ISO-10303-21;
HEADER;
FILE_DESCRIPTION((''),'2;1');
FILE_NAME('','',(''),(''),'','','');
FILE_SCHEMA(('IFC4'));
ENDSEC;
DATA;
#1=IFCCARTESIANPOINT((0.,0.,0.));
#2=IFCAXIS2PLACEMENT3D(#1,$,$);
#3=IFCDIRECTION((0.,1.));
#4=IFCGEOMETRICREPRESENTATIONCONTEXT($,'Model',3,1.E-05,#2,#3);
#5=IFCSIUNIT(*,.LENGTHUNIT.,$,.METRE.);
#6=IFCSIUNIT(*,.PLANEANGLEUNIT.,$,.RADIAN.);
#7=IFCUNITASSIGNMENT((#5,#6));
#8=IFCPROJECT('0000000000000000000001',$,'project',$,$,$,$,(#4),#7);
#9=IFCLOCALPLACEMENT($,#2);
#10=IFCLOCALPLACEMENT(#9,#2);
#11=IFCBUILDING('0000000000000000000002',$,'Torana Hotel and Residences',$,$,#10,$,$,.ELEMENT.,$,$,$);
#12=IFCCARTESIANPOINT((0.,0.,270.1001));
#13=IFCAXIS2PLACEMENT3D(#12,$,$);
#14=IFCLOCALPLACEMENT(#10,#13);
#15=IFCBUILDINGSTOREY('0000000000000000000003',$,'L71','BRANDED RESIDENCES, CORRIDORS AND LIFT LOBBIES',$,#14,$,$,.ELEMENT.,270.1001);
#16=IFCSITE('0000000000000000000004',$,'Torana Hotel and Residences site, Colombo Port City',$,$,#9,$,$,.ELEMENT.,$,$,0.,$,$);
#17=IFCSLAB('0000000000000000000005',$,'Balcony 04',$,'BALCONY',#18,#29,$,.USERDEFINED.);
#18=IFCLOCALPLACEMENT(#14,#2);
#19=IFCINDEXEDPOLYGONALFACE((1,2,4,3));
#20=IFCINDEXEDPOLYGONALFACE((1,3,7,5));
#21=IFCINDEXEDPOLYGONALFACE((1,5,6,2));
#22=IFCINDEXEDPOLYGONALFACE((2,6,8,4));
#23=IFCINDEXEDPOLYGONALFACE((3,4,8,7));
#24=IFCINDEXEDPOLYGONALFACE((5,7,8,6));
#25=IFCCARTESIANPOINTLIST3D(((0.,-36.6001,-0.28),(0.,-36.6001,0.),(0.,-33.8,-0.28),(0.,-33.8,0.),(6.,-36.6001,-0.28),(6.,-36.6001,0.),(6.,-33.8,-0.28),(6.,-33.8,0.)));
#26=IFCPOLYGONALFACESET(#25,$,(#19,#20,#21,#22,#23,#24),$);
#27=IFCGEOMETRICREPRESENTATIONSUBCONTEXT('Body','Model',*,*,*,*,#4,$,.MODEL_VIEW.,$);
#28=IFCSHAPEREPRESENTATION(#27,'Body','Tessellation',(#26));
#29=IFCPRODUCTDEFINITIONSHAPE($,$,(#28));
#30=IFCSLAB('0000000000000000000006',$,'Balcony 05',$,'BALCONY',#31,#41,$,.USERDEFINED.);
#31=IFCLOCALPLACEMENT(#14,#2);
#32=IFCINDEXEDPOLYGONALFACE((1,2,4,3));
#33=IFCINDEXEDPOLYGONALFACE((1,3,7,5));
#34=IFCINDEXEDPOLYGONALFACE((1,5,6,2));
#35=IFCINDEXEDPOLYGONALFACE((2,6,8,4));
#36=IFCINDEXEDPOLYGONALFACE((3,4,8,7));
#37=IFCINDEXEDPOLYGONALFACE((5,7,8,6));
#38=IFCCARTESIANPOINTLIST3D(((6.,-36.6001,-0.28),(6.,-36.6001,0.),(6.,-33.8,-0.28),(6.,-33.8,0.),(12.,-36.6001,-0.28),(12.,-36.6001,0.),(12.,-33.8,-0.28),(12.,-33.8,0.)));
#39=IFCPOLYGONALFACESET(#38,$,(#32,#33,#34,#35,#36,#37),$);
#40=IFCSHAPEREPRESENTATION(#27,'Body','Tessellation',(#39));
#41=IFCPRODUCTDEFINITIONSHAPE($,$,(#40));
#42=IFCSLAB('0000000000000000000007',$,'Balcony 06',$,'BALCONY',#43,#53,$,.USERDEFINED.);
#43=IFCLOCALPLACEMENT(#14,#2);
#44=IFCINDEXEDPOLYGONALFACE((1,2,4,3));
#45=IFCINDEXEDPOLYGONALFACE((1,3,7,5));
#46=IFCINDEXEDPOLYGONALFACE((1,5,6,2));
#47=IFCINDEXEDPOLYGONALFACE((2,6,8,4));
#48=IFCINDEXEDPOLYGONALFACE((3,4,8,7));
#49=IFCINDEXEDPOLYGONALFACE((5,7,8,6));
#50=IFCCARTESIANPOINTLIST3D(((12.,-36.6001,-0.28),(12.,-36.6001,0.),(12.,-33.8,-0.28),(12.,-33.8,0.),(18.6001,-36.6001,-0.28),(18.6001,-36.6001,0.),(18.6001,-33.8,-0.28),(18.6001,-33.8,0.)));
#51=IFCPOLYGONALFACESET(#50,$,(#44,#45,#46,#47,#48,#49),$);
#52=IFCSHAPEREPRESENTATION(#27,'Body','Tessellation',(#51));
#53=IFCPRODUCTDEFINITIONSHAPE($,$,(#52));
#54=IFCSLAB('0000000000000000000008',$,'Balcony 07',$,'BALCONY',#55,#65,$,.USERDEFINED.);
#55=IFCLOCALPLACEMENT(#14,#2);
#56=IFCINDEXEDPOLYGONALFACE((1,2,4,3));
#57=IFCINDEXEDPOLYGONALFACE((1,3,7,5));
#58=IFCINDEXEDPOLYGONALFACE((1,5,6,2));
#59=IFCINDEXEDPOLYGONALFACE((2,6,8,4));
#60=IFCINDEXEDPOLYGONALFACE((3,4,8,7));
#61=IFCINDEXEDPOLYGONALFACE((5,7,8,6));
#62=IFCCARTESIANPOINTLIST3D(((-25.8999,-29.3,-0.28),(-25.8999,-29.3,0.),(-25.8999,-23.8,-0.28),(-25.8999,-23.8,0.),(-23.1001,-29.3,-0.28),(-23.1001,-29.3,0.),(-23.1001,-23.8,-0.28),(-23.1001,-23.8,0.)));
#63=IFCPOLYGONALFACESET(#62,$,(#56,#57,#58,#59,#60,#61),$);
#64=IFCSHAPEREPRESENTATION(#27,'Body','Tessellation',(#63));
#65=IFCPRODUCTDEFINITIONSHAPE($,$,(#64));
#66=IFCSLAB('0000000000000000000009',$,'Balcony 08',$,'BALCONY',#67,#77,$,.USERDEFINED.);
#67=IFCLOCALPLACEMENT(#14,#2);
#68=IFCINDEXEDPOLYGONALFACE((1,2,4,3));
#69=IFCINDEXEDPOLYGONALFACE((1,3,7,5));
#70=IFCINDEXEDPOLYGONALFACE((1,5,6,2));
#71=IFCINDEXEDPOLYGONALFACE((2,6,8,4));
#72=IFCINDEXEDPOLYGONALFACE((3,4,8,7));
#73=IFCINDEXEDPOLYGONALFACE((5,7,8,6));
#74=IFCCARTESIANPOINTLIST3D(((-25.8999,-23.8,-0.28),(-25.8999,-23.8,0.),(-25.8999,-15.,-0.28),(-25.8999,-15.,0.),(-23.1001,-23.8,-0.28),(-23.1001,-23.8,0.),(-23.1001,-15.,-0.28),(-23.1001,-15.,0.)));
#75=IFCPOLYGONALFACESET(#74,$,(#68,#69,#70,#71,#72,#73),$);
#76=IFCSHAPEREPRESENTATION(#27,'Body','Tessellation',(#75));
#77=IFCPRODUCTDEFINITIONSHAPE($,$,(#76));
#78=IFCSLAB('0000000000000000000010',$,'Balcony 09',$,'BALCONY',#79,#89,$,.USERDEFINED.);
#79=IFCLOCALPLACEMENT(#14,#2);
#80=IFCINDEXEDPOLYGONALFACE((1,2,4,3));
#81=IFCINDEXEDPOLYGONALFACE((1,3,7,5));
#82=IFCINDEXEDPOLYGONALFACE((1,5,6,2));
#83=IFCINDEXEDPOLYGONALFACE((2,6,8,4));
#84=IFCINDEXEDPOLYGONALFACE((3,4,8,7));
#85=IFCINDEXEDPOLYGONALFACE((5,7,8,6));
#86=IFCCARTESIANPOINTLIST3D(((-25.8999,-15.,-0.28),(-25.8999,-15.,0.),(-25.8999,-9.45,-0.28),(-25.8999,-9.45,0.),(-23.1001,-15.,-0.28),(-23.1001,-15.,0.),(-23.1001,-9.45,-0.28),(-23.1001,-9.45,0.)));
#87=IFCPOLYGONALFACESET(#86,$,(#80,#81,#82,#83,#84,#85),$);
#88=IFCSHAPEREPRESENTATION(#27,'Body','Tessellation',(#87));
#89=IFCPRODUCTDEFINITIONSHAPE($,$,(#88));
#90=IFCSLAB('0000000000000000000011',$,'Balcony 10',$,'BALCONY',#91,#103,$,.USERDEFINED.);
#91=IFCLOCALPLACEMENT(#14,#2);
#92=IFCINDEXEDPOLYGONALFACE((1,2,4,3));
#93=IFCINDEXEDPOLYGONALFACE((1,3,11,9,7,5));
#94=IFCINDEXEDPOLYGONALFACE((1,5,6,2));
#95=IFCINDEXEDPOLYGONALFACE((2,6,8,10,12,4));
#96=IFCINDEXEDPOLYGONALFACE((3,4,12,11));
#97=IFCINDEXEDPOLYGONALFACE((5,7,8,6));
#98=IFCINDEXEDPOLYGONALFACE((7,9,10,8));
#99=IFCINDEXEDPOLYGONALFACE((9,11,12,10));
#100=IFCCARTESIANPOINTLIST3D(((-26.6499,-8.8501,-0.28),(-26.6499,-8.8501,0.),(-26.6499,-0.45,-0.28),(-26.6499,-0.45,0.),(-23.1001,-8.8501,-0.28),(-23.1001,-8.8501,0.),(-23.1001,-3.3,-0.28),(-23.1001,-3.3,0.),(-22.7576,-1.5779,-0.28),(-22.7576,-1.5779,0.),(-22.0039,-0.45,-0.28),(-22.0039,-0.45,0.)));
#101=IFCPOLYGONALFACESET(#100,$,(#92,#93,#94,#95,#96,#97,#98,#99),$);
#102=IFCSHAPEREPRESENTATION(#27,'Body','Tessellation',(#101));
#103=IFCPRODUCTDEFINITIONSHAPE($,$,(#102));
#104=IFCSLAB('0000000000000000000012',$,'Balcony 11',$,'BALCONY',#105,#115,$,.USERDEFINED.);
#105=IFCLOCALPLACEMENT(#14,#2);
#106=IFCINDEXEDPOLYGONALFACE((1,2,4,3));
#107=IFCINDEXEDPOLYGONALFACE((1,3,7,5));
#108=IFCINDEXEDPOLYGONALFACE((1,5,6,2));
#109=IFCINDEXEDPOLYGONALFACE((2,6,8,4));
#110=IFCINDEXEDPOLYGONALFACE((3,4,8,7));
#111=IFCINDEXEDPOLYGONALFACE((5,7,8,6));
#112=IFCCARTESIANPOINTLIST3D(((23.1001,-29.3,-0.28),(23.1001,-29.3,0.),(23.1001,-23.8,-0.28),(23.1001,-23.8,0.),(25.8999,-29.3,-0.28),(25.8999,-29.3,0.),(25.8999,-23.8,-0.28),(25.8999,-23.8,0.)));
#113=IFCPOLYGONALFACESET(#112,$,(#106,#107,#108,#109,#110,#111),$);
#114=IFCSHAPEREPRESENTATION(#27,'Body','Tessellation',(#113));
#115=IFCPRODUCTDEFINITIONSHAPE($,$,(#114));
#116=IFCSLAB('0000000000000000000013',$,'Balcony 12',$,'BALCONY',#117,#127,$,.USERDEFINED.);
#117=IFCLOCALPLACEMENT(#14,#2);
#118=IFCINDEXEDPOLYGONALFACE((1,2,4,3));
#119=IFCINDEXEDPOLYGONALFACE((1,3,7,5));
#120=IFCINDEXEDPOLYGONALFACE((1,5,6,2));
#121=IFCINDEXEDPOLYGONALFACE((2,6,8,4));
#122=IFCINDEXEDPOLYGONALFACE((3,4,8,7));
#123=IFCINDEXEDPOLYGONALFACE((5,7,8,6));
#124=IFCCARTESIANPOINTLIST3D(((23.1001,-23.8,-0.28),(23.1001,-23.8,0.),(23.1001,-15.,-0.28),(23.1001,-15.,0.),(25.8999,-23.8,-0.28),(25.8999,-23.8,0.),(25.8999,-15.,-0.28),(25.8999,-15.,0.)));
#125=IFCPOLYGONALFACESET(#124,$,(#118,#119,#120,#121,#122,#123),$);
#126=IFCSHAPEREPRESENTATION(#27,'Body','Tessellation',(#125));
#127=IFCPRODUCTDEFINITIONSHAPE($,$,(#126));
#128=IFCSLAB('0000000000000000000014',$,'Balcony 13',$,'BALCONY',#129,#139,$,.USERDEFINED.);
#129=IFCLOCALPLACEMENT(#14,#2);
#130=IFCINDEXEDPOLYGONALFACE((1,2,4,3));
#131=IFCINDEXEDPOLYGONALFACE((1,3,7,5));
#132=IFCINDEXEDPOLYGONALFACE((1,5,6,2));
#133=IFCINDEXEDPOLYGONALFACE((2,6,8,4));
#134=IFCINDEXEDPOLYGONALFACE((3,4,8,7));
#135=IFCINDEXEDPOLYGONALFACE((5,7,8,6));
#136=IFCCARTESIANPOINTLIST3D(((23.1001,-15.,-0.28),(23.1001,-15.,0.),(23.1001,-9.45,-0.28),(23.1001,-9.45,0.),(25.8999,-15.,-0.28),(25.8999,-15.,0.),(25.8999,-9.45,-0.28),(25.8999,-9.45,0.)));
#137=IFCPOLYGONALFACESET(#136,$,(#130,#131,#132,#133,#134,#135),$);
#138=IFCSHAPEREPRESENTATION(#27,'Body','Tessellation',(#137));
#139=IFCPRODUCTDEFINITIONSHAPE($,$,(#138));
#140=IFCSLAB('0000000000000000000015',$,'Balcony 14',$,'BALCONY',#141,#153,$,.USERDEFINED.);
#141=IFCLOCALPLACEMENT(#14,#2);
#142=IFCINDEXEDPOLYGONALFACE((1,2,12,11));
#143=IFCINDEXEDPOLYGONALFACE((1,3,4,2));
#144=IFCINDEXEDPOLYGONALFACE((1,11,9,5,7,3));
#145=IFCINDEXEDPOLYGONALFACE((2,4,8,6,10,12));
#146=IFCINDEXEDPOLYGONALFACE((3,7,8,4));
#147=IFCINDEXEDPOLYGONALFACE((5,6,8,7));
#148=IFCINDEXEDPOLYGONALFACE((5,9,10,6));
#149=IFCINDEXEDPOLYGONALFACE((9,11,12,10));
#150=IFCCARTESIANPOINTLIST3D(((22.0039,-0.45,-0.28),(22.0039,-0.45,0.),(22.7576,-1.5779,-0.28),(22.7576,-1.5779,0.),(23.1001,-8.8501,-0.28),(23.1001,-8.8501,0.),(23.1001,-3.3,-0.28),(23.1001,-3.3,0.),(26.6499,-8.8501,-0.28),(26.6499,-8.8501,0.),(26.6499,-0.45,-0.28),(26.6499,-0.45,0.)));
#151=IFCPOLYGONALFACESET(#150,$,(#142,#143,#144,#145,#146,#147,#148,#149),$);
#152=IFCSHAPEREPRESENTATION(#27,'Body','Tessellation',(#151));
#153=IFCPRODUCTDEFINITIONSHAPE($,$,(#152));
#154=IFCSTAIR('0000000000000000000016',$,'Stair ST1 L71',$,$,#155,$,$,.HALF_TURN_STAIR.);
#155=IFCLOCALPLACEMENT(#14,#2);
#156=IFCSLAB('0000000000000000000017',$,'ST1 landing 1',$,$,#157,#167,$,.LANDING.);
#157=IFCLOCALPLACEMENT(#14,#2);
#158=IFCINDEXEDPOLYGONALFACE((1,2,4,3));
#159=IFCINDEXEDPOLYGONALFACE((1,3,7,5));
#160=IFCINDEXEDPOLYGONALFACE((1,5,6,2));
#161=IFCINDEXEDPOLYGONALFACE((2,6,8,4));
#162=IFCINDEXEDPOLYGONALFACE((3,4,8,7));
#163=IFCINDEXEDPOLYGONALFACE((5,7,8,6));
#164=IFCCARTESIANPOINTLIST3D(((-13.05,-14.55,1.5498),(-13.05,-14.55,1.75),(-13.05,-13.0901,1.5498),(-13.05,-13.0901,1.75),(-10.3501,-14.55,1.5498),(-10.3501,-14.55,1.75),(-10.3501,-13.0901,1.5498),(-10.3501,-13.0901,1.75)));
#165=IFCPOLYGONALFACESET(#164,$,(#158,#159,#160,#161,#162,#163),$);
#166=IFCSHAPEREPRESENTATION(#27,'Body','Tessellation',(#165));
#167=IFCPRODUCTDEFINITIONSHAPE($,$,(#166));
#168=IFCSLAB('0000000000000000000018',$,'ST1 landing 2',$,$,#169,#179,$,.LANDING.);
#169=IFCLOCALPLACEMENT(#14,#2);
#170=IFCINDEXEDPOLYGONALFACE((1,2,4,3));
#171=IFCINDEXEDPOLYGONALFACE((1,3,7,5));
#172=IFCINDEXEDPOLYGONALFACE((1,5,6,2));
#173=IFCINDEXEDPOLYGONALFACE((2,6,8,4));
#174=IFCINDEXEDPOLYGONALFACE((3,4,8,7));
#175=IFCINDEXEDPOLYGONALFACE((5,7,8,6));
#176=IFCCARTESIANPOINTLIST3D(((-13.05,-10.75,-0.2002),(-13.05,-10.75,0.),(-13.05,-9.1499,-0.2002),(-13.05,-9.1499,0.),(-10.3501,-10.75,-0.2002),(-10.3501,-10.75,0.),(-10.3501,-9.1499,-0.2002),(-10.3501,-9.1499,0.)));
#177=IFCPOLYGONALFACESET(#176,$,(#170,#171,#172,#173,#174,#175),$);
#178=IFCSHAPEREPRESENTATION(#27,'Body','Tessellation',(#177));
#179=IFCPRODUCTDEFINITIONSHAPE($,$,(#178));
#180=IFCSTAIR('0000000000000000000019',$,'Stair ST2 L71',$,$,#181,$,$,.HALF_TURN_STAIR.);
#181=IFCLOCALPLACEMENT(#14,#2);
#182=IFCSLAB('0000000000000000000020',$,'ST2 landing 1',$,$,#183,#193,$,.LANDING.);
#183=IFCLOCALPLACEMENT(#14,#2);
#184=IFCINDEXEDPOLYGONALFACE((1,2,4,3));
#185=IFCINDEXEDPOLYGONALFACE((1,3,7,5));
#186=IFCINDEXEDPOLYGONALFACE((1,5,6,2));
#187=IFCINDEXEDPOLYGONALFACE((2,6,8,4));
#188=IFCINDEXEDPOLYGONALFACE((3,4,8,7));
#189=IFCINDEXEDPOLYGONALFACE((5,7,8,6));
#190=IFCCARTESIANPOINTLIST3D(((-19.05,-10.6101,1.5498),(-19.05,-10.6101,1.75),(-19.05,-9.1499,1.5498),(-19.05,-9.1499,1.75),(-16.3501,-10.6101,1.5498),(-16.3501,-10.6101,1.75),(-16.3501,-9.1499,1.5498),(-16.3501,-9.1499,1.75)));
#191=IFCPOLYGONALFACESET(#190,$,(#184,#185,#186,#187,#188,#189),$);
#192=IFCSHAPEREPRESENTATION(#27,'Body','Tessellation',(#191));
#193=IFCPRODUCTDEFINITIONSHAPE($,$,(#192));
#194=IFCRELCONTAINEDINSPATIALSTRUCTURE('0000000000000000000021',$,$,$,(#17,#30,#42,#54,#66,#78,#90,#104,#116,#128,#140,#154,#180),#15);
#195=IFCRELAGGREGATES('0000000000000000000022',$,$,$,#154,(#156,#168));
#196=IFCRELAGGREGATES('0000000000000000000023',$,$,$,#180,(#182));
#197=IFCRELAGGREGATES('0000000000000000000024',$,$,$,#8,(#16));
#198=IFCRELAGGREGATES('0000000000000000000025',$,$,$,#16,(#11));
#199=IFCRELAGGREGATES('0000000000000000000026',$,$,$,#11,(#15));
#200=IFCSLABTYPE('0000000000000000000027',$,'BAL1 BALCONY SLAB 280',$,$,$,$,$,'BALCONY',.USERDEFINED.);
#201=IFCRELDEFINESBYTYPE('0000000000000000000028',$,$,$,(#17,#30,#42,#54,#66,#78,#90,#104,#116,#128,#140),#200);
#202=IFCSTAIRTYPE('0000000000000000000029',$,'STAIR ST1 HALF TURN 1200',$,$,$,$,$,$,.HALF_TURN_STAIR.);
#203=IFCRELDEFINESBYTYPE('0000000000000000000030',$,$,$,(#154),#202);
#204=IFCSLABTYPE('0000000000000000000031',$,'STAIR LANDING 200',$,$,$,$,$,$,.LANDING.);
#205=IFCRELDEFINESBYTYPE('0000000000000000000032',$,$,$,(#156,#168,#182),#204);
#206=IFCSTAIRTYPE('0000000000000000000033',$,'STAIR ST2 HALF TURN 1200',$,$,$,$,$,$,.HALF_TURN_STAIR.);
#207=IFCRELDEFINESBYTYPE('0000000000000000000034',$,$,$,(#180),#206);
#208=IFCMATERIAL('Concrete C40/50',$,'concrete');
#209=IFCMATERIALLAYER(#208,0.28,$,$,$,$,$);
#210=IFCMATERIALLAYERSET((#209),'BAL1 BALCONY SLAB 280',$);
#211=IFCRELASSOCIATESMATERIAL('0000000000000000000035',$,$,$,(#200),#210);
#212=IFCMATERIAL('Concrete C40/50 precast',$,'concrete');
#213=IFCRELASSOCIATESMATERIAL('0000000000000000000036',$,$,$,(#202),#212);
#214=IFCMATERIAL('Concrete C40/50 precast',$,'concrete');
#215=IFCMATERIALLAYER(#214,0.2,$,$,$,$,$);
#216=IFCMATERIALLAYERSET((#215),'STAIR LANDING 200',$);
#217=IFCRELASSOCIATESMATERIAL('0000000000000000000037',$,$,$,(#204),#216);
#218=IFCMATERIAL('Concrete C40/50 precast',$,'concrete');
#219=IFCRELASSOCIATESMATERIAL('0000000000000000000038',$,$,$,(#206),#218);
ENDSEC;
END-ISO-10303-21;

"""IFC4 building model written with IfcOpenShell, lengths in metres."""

from ifc_helpers import new_model, si_unit, direction, frame, origin, place, context, subcontext, project, spatial, polyline, outline, extrude, material, layer, layer_set, type_object, element, aggregate, save


model = new_model("IFC4")

# Units and contexts
model_context = context("Model", 3, precision=1e-05, world=origin(), true_north=direction((0.0, 1.0)))
body_context = subcontext(model_context, "Body", "Model", "MODEL_VIEW")
ifc_project = project(units=[si_unit("LENGTHUNIT", "METRE"), si_unit("PLANEANGLEUNIT", "RADIAN")], contexts=[model_context])

# Site, building, storey
site_placement = place(None, origin())
site = spatial("IfcSite", under=ifc_project, at=site_placement, Name="Torana Hotel and Residences site, Colombo Port City", CompositionType="ELEMENT", RefElevation=0.0)
building_placement = place(site_placement, origin())
building = spatial("IfcBuilding", under=site, at=building_placement, Name="Torana Hotel and Residences", CompositionType="ELEMENT")
storey_placement = place(building_placement, frame((0.0, 0.0, 270.1001)))
storey = spatial("IfcBuildingStorey", under=building, at=storey_placement, Name="L71", Description="BRANDED RESIDENCES, CORRIDORS AND LIFT LOBBIES", CompositionType="ELEMENT", Elevation=270.1001)

# Slabs
ifc_material_1 = material(Name="Concrete C40/50", Category="concrete")
ifc_layer_1 = layer(ifc_material_1, 0.28)
ifc_layer_set_1 = layer_set([ifc_layer_1], Name="BAL1 BALCONY SLAB 280")
slab_type_1 = type_object("IfcSlabType", Name="BAL1 BALCONY SLAB 280", ElementType="BALCONY", PredefinedType="USERDEFINED", material=ifc_layer_set_1)
slab_1_placement = place(storey_placement, frame((0.0, 0.0, -0.28)))
element("IfcSlab", 1, at=slab_1_placement, inside=storey, type_object=slab_type_1, Name="Balcony 04", ObjectType="BALCONY", PredefinedType="USERDEFINED", context=body_context, shape_type="SweptSolid", body=[
    extrude(outline(polyline([(0.0, -36.6001), (6.0, -36.6001), (6.0, -33.8), (0.0, -33.8), (0.0, -36.6001)])), origin(), (0.0, 0.0, 1.0), 0.28),
])
slab_2_placement = place(storey_placement, frame((0.0, 0.0, -0.28)))
element("IfcSlab", 2, at=slab_2_placement, inside=storey, type_object=slab_type_1, Name="Balcony 05", ObjectType="BALCONY", PredefinedType="USERDEFINED", context=body_context, shape_type="SweptSolid", body=[
    extrude(outline(polyline([(6.0, -36.6001), (12.0, -36.6001), (12.0, -33.8), (6.0, -33.8), (6.0, -36.6001)])), origin(), (0.0, 0.0, 1.0), 0.28),
])
slab_3_placement = place(storey_placement, frame((0.0, 0.0, -0.28)))
element("IfcSlab", 3, at=slab_3_placement, inside=storey, type_object=slab_type_1, Name="Balcony 06", ObjectType="BALCONY", PredefinedType="USERDEFINED", context=body_context, shape_type="SweptSolid", body=[
    extrude(outline(polyline([(12.0, -36.6001), (18.6001, -36.6001), (18.6001, -33.8), (12.0, -33.8), (12.0, -36.6001)])), origin(), (0.0, 0.0, 1.0), 0.28),
])
slab_4_placement = place(storey_placement, frame((0.0, 0.0, -0.28)))
element("IfcSlab", 4, at=slab_4_placement, inside=storey, type_object=slab_type_1, Name="Balcony 07", ObjectType="BALCONY", PredefinedType="USERDEFINED", context=body_context, shape_type="SweptSolid", body=[
    extrude(outline(polyline([(-25.8999, -29.3), (-23.1001, -29.3), (-23.1001, -23.8), (-25.8999, -23.8), (-25.8999, -29.3)])), origin(), (0.0, 0.0, 1.0), 0.28),
])
slab_5_placement = place(storey_placement, frame((0.0, 0.0, -0.28)))
element("IfcSlab", 5, at=slab_5_placement, inside=storey, type_object=slab_type_1, Name="Balcony 08", ObjectType="BALCONY", PredefinedType="USERDEFINED", context=body_context, shape_type="SweptSolid", body=[
    extrude(outline(polyline([(-25.8999, -23.8), (-23.1001, -23.8), (-23.1001, -15.0), (-25.8999, -15.0), (-25.8999, -23.8)])), origin(), (0.0, 0.0, 1.0), 0.28),
])
slab_6_placement = place(storey_placement, frame((0.0, 0.0, -0.28)))
element("IfcSlab", 6, at=slab_6_placement, inside=storey, type_object=slab_type_1, Name="Balcony 09", ObjectType="BALCONY", PredefinedType="USERDEFINED", context=body_context, shape_type="SweptSolid", body=[
    extrude(outline(polyline([(-25.8999, -15.0), (-23.1001, -15.0), (-23.1001, -9.45), (-25.8999, -9.45), (-25.8999, -15.0)])), origin(), (0.0, 0.0, 1.0), 0.28),
])
slab_7_placement = place(storey_placement, frame((0.0, 0.0, -0.28)))
element("IfcSlab", 7, at=slab_7_placement, inside=storey, type_object=slab_type_1, Name="Balcony 10", ObjectType="BALCONY", PredefinedType="USERDEFINED", context=body_context, shape_type="SweptSolid", body=[
    extrude(outline(polyline([(-26.6499, -8.8501), (-23.1001, -8.8501), (-23.1001, -3.3), (-22.7576, -1.5779), (-22.0039, -0.45), (-26.6499, -0.45), (-26.6499, -8.8501)])), origin(), (0.0, 0.0, 1.0), 0.28),
])
slab_8_placement = place(storey_placement, frame((0.0, 0.0, -0.28)))
element("IfcSlab", 8, at=slab_8_placement, inside=storey, type_object=slab_type_1, Name="Balcony 11", ObjectType="BALCONY", PredefinedType="USERDEFINED", context=body_context, shape_type="SweptSolid", body=[
    extrude(outline(polyline([(23.1001, -29.3), (25.8999, -29.3), (25.8999, -23.8), (23.1001, -23.8), (23.1001, -29.3)])), origin(), (0.0, 0.0, 1.0), 0.28),
])
slab_9_placement = place(storey_placement, frame((0.0, 0.0, -0.28)))
element("IfcSlab", 9, at=slab_9_placement, inside=storey, type_object=slab_type_1, Name="Balcony 12", ObjectType="BALCONY", PredefinedType="USERDEFINED", context=body_context, shape_type="SweptSolid", body=[
    extrude(outline(polyline([(23.1001, -23.8), (25.8999, -23.8), (25.8999, -15.0), (23.1001, -15.0), (23.1001, -23.8)])), origin(), (0.0, 0.0, 1.0), 0.28),
])
slab_10_placement = place(storey_placement, frame((0.0, 0.0, -0.28)))
element("IfcSlab", 10, at=slab_10_placement, inside=storey, type_object=slab_type_1, Name="Balcony 13", ObjectType="BALCONY", PredefinedType="USERDEFINED", context=body_context, shape_type="SweptSolid", body=[
    extrude(outline(polyline([(23.1001, -15.0), (25.8999, -15.0), (25.8999, -9.45), (23.1001, -9.45), (23.1001, -15.0)])), origin(), (0.0, 0.0, 1.0), 0.28),
])
slab_11_placement = place(storey_placement, frame((0.0, 0.0, -0.28)))
element("IfcSlab", 11, at=slab_11_placement, inside=storey, type_object=slab_type_1, Name="Balcony 14", ObjectType="BALCONY", PredefinedType="USERDEFINED", context=body_context, shape_type="SweptSolid", body=[
    extrude(outline(polyline([(23.1001, -8.8501), (26.6499, -8.8501), (26.6499, -0.45), (22.0039, -0.45), (22.7576, -1.5779), (23.1001, -3.3), (23.1001, -8.8501)])), origin(), (0.0, 0.0, 1.0), 0.28),
])

# Stairs, slabs
ifc_material_2 = material(Name="Concrete C40/50 precast", Category="concrete")
stair_type_1 = type_object("IfcStairType", Name="STAIR ST1 HALF TURN 1200", PredefinedType="HALF_TURN_STAIR", material=ifc_material_2)
stair_1_placement = place(storey_placement, origin())
stair_1 = element("IfcStair", 12, at=stair_1_placement, inside=storey, type_object=stair_type_1, Name="Stair ST1 L71", PredefinedType="HALF_TURN_STAIR")
ifc_material_3 = material(Name="Concrete C40/50 precast", Category="concrete")
ifc_layer_2 = layer(ifc_material_3, 0.2)
ifc_layer_set_2 = layer_set([ifc_layer_2], Name="STAIR LANDING 200")
slab_type_2 = type_object("IfcSlabType", Name="STAIR LANDING 200", PredefinedType="LANDING", material=ifc_layer_set_2)
slab_12_placement = place(storey_placement, frame((0.0, 0.0, 1.5498)))
slab_12 = element("IfcSlab", 13, at=slab_12_placement, type_object=slab_type_2, Name="ST1 landing 1", PredefinedType="LANDING", context=body_context, shape_type="SweptSolid", body=[
    extrude(outline(polyline([(-13.05, -14.55), (-10.3501, -14.55), (-10.3501, -13.0901), (-13.05, -13.0901), (-13.05, -14.55)])), origin(), (0.0, 0.0, 1.0), 0.2002),
])
slab_13_placement = place(storey_placement, frame((0.0, 0.0, -0.2002)))
slab_13 = element("IfcSlab", 14, at=slab_13_placement, type_object=slab_type_2, Name="ST1 landing 2", PredefinedType="LANDING", context=body_context, shape_type="SweptSolid", body=[
    extrude(outline(polyline([(-13.05, -10.75), (-10.3501, -10.75), (-10.3501, -9.1499), (-13.05, -9.1499), (-13.05, -10.75)])), origin(), (0.0, 0.0, 1.0), 0.2002),
])
aggregate(stair_1, [slab_12, slab_13])
ifc_material_4 = material(Name="Concrete C40/50 precast", Category="concrete")
stair_type_2 = type_object("IfcStairType", Name="STAIR ST2 HALF TURN 1200", PredefinedType="HALF_TURN_STAIR", material=ifc_material_4)
stair_2_placement = place(storey_placement, origin())
stair_2 = element("IfcStair", 15, at=stair_2_placement, inside=storey, type_object=stair_type_2, Name="Stair ST2 L71", PredefinedType="HALF_TURN_STAIR")
slab_14_placement = place(storey_placement, frame((0.0, 0.0, 1.5498)))
slab_14 = element("IfcSlab", 16, at=slab_14_placement, type_object=slab_type_2, Name="ST2 landing 1", PredefinedType="LANDING", context=body_context, shape_type="SweptSolid", body=[
    extrude(outline(polyline([(-19.05, -10.6101), (-16.3501, -10.6101), (-16.3501, -9.1499), (-19.05, -9.1499), (-19.05, -10.6101)])), origin(), (0.0, 0.0, 1.0), 0.2002),
])
aggregate(stair_2, [slab_14])

save(model, "model.ifc")
